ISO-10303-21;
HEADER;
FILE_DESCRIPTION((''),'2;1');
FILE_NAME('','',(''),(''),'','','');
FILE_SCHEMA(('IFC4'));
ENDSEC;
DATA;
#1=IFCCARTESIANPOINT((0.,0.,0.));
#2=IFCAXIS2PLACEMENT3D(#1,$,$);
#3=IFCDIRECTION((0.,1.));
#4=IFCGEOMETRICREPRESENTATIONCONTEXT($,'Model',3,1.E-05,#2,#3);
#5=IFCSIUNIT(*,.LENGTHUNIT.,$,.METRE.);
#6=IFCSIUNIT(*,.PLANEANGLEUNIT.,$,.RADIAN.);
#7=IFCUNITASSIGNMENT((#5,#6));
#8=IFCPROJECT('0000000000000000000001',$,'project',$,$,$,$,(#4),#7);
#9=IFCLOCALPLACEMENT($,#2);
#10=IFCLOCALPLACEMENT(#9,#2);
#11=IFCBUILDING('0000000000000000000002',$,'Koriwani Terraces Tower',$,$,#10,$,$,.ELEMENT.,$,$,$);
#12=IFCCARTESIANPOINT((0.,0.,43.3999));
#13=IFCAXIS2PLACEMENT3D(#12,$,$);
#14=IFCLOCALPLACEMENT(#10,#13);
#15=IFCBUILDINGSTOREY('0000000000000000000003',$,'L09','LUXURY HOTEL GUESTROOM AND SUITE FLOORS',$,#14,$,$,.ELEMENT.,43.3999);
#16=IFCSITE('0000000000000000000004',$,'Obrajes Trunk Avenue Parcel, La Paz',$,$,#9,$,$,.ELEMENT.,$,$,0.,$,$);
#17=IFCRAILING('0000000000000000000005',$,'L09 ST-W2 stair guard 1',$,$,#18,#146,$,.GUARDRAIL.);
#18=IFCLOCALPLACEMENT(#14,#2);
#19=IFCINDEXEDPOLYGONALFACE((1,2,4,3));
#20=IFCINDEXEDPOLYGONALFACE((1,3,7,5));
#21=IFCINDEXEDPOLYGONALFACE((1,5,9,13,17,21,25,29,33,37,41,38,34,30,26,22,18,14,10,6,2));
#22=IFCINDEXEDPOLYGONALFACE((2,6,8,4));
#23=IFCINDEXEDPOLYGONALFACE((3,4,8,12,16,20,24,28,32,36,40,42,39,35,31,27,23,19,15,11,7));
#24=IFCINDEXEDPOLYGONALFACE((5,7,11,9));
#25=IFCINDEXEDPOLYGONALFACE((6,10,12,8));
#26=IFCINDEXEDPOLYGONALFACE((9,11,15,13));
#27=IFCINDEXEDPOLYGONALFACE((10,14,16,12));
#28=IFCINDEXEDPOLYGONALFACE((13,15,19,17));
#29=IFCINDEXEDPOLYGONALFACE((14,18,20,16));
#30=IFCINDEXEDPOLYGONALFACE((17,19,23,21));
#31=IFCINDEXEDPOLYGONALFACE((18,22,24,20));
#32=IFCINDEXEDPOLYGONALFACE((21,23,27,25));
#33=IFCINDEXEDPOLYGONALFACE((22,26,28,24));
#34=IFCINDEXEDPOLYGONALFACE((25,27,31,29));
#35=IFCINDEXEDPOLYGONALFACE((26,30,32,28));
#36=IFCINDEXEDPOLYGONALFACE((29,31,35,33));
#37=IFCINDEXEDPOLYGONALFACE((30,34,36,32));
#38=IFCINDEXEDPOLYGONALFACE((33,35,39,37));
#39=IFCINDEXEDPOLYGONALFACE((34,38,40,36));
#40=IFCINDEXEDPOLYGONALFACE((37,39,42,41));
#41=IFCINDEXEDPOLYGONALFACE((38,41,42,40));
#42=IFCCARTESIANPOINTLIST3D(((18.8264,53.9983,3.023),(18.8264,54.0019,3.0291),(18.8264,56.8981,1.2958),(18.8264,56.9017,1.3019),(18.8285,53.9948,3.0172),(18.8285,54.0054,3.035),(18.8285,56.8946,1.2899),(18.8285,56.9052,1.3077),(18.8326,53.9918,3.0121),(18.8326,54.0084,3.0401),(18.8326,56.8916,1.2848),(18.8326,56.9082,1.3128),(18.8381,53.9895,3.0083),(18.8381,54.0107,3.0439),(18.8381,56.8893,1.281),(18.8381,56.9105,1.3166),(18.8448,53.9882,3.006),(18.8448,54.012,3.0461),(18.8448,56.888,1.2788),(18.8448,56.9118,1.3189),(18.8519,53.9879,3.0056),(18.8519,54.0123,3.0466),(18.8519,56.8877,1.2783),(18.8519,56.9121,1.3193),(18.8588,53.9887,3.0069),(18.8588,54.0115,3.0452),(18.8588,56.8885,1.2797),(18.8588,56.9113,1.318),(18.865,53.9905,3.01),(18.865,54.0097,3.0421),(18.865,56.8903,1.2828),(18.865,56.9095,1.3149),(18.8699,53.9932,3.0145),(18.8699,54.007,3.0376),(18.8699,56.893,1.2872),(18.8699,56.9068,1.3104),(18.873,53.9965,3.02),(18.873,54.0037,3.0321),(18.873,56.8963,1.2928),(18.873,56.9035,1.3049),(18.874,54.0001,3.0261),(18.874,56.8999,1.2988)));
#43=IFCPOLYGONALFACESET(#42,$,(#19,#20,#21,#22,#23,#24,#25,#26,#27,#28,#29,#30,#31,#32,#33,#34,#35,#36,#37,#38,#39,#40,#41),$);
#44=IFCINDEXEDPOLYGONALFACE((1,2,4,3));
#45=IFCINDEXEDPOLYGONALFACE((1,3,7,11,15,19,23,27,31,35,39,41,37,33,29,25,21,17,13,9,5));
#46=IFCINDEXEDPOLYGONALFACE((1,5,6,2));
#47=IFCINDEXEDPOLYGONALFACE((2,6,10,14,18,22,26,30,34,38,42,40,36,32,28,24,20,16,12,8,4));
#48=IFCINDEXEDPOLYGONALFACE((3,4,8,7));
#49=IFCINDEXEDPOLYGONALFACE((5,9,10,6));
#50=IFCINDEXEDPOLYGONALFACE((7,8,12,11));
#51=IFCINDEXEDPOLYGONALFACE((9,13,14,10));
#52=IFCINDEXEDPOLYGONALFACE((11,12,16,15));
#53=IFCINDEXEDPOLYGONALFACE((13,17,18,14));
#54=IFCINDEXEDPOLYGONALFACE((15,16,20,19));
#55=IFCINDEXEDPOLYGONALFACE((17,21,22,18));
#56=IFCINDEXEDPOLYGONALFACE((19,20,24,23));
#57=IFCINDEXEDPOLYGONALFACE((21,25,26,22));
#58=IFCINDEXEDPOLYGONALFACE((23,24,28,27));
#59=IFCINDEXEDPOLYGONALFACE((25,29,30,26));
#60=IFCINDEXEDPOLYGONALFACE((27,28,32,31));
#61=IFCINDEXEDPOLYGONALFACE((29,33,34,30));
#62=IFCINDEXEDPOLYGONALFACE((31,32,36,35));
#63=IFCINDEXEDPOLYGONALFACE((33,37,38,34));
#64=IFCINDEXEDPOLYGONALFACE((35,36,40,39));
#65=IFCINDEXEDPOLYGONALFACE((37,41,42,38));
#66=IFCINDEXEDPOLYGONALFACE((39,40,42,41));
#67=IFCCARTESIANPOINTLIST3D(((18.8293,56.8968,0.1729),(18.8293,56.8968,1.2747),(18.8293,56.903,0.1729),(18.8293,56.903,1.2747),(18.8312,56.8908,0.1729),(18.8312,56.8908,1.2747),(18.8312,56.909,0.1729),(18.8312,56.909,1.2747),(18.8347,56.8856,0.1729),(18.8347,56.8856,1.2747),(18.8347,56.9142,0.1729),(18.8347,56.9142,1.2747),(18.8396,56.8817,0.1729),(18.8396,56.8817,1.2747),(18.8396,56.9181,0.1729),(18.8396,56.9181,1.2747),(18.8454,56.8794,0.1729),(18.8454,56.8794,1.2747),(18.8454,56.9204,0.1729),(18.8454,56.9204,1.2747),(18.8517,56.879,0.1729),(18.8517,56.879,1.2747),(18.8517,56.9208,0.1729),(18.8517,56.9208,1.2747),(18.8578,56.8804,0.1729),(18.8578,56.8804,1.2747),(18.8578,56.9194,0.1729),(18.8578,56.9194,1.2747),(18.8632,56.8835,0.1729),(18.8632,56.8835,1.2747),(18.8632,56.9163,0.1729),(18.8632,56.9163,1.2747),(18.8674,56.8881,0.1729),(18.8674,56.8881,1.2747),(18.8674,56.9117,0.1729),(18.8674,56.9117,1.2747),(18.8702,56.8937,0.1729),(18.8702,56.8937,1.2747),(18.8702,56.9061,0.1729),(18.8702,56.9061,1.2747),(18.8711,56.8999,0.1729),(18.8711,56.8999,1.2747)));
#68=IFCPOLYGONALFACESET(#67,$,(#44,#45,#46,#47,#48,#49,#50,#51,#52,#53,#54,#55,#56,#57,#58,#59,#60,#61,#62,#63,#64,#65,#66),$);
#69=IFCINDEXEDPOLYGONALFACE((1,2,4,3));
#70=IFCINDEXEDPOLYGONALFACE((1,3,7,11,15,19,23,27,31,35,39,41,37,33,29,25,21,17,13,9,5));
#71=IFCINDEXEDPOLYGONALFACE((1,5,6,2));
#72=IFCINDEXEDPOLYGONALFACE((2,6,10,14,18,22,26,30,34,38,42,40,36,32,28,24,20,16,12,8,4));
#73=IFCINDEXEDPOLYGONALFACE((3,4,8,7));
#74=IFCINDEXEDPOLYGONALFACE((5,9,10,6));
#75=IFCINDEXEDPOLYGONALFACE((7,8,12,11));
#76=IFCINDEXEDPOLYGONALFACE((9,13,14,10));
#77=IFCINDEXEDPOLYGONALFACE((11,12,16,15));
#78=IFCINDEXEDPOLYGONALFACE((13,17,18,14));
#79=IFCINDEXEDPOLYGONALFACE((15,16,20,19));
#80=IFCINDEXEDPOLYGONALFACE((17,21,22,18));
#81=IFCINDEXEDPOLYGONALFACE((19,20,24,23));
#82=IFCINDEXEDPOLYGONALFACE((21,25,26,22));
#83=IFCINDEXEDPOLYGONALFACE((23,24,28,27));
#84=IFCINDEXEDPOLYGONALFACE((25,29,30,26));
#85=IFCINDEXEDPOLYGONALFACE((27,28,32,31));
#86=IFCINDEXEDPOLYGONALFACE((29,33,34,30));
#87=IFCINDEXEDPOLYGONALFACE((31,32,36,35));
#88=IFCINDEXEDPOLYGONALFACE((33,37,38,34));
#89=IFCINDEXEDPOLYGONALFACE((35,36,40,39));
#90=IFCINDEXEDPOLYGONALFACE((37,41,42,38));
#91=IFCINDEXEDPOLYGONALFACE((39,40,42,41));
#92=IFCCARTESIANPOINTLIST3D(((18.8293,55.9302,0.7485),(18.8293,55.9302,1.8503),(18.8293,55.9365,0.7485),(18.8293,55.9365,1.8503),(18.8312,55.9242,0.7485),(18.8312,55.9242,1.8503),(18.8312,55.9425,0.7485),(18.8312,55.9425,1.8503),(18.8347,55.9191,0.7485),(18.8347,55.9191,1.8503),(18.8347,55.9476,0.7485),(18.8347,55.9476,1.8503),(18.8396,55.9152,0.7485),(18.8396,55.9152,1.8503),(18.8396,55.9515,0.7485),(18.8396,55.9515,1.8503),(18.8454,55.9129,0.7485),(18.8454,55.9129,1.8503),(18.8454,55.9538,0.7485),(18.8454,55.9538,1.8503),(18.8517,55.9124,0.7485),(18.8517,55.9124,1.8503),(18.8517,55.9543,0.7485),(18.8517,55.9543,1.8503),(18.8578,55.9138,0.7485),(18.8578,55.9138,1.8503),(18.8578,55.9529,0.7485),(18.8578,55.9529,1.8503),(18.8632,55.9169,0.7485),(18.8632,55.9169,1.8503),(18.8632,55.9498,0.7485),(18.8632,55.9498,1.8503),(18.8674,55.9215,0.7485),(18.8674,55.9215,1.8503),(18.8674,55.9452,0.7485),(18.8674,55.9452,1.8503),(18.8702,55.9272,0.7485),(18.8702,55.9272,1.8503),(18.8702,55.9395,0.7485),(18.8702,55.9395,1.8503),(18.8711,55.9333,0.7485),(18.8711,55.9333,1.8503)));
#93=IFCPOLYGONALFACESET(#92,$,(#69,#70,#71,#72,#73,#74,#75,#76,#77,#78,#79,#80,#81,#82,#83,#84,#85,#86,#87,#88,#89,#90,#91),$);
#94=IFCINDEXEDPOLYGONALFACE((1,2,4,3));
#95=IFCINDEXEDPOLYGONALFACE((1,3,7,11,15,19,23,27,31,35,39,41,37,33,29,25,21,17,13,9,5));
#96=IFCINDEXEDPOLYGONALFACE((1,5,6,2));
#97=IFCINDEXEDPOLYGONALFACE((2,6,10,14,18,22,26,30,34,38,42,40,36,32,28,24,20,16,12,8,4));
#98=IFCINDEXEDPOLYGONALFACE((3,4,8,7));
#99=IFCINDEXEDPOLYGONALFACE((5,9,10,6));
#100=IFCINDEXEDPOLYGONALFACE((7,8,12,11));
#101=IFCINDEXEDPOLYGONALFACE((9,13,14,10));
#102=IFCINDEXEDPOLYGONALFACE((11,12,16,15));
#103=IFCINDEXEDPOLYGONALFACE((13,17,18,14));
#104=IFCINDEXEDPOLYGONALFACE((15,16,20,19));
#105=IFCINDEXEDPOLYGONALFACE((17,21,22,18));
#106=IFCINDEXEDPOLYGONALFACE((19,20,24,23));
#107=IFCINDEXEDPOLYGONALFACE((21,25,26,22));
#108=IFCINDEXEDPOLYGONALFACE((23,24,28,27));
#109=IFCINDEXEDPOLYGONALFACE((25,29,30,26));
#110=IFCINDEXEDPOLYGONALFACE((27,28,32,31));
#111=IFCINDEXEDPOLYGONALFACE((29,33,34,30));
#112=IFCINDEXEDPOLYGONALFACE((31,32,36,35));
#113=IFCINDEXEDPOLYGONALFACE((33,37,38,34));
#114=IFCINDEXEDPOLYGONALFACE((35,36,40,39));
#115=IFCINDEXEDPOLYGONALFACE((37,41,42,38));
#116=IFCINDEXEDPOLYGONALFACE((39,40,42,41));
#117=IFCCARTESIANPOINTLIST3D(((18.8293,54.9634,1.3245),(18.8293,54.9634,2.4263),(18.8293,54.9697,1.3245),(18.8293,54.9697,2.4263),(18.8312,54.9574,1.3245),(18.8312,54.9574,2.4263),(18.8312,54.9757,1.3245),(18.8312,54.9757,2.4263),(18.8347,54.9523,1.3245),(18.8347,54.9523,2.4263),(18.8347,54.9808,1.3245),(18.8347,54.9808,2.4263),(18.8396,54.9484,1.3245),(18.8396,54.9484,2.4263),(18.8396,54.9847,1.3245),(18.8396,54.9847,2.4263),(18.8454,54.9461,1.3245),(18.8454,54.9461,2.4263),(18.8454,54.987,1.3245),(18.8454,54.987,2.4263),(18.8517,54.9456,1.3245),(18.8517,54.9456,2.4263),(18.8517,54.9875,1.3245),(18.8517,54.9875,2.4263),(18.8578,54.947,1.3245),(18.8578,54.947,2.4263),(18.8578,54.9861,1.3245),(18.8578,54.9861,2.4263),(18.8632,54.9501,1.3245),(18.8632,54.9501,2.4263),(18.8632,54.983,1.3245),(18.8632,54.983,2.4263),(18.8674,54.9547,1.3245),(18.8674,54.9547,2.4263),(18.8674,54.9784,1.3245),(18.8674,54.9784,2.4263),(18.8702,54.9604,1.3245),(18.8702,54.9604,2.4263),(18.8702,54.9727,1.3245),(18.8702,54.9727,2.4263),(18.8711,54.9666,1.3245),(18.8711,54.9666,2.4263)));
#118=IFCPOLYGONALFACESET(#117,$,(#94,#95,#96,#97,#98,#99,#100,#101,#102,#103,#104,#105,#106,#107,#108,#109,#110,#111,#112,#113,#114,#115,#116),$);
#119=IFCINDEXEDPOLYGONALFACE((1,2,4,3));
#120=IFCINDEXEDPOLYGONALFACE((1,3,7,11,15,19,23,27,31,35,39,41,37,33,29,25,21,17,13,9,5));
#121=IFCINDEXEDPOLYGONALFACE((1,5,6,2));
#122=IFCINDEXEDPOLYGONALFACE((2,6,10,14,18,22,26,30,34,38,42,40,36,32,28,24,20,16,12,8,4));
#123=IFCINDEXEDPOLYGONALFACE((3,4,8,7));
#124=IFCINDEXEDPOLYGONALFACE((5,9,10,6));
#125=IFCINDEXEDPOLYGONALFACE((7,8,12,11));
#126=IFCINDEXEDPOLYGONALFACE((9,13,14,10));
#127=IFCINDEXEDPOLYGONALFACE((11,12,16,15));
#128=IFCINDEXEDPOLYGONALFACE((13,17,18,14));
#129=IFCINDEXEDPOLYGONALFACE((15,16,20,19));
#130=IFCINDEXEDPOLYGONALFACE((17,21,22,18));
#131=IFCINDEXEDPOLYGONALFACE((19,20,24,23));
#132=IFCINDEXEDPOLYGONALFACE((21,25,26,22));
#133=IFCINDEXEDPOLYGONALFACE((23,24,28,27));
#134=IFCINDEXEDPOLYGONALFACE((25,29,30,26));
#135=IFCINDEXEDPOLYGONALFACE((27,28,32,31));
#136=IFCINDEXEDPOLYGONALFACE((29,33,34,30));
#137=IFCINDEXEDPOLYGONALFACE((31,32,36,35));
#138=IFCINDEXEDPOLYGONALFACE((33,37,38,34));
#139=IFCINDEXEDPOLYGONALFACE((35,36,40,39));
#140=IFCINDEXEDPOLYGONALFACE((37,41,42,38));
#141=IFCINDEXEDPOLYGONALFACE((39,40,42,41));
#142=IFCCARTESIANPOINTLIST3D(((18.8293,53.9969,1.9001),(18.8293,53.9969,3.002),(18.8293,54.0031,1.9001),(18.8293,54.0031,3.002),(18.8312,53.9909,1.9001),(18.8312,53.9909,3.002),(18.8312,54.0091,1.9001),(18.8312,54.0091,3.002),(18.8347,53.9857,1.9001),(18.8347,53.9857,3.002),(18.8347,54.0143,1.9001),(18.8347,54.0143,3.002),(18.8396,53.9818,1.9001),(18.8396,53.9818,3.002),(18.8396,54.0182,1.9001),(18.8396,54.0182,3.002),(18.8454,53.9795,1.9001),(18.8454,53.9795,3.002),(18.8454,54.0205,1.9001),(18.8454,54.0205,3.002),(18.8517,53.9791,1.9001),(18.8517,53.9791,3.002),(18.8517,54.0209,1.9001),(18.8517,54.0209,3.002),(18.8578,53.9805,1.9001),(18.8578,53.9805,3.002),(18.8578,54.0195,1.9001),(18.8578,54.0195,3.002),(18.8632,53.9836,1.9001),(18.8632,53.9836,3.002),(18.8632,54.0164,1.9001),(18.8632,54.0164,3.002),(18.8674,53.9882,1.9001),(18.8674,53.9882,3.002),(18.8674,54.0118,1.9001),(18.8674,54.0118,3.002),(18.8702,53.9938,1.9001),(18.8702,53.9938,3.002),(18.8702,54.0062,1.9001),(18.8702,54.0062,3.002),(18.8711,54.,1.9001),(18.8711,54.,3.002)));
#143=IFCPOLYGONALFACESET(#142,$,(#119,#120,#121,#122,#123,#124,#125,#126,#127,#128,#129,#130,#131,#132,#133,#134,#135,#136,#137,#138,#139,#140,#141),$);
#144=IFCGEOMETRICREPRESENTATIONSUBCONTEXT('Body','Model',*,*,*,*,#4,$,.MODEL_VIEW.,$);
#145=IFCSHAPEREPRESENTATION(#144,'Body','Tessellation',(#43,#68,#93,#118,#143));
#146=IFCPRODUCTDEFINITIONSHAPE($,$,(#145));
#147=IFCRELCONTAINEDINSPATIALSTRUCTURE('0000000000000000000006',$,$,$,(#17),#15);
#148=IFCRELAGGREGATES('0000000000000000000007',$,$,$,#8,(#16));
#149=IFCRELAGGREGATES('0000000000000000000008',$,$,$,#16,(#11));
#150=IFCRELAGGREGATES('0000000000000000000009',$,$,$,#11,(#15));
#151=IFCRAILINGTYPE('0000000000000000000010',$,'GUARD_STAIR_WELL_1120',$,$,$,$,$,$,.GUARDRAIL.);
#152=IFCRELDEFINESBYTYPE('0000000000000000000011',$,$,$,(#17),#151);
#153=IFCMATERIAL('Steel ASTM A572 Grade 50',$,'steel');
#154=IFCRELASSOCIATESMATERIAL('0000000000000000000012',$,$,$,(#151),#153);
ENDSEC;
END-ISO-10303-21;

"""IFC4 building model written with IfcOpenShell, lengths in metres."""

from ifc_helpers import new_model, si_unit, direction, frame, origin, origin_2d, place, context, subcontext, project, spatial, circle, extrude, material, type_object, element, save


model = new_model("IFC4")

# Units and contexts
model_context = context("Model", 3, precision=1e-05, world=origin(), true_north=direction((0.0, 1.0)))
body_context = subcontext(model_context, "Body", "Model", "MODEL_VIEW")
ifc_project = project(units=[si_unit("LENGTHUNIT", "METRE"), si_unit("PLANEANGLEUNIT", "RADIAN")], contexts=[model_context])

# Site, building, storey
site_placement = place(None, origin())
site = spatial("IfcSite", under=ifc_project, at=site_placement, Name="Obrajes Trunk Avenue Parcel, La Paz", CompositionType="ELEMENT", RefElevation=0.0)
building_placement = place(site_placement, origin())
building = spatial("IfcBuilding", under=site, at=building_placement, Name="Koriwani Terraces Tower", CompositionType="ELEMENT")
storey_placement = place(building_placement, frame((0.0, 0.0, 43.3999)))
storey = spatial("IfcBuildingStorey", under=building, at=storey_placement, Name="L09", Description="LUXURY HOTEL GUESTROOM AND SUITE FLOORS", CompositionType="ELEMENT", Elevation=43.3999)

# Shared definitions
ifc_material_1 = material(Name="Steel ASTM A572 Grade 50", Category="steel")

# Railing
railing_type_1 = type_object("IfcRailingType", Name="GUARD_STAIR_WELL_1120", PredefinedType="GUARDRAIL", material=ifc_material_1)
for number, where, name in (
    (1, (18.8501, 56.8999, 0.1729), "L09 ST-W2 stair guard 1"),
):
    element("IfcRailing", number, at=place(storey_placement, frame(where)), inside=storey, type_object=railing_type_1, Name=name, PredefinedType="GUARDRAIL", context=body_context, shape_type="SweptSolid", body=[
        extrude(circle(Radius=0.0239, at=origin_2d()), frame((0.0, 0.0, 1.126), z_axis=(0.0, -0.859141, 0.511738), x_axis=(1.0, 0.0, 0.0)), (0.0, 0.0, 1.0), 3.3752),
        extrude(circle(Radius=0.021, at=origin_2d()), origin(), (0.0, 0.0, 1.0), 1.1018),
        extrude(circle(Radius=0.021, at=origin_2d()), frame((0.0, -0.9666, 0.5757)), (0.0, 0.0, 1.0), 1.1018),
        extrude(circle(Radius=0.021, at=origin_2d()), frame((0.0, -1.9333, 1.1516)), (0.0, 0.0, 1.0), 1.1018),
        extrude(circle(Radius=0.021, at=origin_2d()), frame((0.0, -2.8999, 1.7273)), (0.0, 0.0, 1.0), 1.1018),
    ])

save(model, "model.ifc")
